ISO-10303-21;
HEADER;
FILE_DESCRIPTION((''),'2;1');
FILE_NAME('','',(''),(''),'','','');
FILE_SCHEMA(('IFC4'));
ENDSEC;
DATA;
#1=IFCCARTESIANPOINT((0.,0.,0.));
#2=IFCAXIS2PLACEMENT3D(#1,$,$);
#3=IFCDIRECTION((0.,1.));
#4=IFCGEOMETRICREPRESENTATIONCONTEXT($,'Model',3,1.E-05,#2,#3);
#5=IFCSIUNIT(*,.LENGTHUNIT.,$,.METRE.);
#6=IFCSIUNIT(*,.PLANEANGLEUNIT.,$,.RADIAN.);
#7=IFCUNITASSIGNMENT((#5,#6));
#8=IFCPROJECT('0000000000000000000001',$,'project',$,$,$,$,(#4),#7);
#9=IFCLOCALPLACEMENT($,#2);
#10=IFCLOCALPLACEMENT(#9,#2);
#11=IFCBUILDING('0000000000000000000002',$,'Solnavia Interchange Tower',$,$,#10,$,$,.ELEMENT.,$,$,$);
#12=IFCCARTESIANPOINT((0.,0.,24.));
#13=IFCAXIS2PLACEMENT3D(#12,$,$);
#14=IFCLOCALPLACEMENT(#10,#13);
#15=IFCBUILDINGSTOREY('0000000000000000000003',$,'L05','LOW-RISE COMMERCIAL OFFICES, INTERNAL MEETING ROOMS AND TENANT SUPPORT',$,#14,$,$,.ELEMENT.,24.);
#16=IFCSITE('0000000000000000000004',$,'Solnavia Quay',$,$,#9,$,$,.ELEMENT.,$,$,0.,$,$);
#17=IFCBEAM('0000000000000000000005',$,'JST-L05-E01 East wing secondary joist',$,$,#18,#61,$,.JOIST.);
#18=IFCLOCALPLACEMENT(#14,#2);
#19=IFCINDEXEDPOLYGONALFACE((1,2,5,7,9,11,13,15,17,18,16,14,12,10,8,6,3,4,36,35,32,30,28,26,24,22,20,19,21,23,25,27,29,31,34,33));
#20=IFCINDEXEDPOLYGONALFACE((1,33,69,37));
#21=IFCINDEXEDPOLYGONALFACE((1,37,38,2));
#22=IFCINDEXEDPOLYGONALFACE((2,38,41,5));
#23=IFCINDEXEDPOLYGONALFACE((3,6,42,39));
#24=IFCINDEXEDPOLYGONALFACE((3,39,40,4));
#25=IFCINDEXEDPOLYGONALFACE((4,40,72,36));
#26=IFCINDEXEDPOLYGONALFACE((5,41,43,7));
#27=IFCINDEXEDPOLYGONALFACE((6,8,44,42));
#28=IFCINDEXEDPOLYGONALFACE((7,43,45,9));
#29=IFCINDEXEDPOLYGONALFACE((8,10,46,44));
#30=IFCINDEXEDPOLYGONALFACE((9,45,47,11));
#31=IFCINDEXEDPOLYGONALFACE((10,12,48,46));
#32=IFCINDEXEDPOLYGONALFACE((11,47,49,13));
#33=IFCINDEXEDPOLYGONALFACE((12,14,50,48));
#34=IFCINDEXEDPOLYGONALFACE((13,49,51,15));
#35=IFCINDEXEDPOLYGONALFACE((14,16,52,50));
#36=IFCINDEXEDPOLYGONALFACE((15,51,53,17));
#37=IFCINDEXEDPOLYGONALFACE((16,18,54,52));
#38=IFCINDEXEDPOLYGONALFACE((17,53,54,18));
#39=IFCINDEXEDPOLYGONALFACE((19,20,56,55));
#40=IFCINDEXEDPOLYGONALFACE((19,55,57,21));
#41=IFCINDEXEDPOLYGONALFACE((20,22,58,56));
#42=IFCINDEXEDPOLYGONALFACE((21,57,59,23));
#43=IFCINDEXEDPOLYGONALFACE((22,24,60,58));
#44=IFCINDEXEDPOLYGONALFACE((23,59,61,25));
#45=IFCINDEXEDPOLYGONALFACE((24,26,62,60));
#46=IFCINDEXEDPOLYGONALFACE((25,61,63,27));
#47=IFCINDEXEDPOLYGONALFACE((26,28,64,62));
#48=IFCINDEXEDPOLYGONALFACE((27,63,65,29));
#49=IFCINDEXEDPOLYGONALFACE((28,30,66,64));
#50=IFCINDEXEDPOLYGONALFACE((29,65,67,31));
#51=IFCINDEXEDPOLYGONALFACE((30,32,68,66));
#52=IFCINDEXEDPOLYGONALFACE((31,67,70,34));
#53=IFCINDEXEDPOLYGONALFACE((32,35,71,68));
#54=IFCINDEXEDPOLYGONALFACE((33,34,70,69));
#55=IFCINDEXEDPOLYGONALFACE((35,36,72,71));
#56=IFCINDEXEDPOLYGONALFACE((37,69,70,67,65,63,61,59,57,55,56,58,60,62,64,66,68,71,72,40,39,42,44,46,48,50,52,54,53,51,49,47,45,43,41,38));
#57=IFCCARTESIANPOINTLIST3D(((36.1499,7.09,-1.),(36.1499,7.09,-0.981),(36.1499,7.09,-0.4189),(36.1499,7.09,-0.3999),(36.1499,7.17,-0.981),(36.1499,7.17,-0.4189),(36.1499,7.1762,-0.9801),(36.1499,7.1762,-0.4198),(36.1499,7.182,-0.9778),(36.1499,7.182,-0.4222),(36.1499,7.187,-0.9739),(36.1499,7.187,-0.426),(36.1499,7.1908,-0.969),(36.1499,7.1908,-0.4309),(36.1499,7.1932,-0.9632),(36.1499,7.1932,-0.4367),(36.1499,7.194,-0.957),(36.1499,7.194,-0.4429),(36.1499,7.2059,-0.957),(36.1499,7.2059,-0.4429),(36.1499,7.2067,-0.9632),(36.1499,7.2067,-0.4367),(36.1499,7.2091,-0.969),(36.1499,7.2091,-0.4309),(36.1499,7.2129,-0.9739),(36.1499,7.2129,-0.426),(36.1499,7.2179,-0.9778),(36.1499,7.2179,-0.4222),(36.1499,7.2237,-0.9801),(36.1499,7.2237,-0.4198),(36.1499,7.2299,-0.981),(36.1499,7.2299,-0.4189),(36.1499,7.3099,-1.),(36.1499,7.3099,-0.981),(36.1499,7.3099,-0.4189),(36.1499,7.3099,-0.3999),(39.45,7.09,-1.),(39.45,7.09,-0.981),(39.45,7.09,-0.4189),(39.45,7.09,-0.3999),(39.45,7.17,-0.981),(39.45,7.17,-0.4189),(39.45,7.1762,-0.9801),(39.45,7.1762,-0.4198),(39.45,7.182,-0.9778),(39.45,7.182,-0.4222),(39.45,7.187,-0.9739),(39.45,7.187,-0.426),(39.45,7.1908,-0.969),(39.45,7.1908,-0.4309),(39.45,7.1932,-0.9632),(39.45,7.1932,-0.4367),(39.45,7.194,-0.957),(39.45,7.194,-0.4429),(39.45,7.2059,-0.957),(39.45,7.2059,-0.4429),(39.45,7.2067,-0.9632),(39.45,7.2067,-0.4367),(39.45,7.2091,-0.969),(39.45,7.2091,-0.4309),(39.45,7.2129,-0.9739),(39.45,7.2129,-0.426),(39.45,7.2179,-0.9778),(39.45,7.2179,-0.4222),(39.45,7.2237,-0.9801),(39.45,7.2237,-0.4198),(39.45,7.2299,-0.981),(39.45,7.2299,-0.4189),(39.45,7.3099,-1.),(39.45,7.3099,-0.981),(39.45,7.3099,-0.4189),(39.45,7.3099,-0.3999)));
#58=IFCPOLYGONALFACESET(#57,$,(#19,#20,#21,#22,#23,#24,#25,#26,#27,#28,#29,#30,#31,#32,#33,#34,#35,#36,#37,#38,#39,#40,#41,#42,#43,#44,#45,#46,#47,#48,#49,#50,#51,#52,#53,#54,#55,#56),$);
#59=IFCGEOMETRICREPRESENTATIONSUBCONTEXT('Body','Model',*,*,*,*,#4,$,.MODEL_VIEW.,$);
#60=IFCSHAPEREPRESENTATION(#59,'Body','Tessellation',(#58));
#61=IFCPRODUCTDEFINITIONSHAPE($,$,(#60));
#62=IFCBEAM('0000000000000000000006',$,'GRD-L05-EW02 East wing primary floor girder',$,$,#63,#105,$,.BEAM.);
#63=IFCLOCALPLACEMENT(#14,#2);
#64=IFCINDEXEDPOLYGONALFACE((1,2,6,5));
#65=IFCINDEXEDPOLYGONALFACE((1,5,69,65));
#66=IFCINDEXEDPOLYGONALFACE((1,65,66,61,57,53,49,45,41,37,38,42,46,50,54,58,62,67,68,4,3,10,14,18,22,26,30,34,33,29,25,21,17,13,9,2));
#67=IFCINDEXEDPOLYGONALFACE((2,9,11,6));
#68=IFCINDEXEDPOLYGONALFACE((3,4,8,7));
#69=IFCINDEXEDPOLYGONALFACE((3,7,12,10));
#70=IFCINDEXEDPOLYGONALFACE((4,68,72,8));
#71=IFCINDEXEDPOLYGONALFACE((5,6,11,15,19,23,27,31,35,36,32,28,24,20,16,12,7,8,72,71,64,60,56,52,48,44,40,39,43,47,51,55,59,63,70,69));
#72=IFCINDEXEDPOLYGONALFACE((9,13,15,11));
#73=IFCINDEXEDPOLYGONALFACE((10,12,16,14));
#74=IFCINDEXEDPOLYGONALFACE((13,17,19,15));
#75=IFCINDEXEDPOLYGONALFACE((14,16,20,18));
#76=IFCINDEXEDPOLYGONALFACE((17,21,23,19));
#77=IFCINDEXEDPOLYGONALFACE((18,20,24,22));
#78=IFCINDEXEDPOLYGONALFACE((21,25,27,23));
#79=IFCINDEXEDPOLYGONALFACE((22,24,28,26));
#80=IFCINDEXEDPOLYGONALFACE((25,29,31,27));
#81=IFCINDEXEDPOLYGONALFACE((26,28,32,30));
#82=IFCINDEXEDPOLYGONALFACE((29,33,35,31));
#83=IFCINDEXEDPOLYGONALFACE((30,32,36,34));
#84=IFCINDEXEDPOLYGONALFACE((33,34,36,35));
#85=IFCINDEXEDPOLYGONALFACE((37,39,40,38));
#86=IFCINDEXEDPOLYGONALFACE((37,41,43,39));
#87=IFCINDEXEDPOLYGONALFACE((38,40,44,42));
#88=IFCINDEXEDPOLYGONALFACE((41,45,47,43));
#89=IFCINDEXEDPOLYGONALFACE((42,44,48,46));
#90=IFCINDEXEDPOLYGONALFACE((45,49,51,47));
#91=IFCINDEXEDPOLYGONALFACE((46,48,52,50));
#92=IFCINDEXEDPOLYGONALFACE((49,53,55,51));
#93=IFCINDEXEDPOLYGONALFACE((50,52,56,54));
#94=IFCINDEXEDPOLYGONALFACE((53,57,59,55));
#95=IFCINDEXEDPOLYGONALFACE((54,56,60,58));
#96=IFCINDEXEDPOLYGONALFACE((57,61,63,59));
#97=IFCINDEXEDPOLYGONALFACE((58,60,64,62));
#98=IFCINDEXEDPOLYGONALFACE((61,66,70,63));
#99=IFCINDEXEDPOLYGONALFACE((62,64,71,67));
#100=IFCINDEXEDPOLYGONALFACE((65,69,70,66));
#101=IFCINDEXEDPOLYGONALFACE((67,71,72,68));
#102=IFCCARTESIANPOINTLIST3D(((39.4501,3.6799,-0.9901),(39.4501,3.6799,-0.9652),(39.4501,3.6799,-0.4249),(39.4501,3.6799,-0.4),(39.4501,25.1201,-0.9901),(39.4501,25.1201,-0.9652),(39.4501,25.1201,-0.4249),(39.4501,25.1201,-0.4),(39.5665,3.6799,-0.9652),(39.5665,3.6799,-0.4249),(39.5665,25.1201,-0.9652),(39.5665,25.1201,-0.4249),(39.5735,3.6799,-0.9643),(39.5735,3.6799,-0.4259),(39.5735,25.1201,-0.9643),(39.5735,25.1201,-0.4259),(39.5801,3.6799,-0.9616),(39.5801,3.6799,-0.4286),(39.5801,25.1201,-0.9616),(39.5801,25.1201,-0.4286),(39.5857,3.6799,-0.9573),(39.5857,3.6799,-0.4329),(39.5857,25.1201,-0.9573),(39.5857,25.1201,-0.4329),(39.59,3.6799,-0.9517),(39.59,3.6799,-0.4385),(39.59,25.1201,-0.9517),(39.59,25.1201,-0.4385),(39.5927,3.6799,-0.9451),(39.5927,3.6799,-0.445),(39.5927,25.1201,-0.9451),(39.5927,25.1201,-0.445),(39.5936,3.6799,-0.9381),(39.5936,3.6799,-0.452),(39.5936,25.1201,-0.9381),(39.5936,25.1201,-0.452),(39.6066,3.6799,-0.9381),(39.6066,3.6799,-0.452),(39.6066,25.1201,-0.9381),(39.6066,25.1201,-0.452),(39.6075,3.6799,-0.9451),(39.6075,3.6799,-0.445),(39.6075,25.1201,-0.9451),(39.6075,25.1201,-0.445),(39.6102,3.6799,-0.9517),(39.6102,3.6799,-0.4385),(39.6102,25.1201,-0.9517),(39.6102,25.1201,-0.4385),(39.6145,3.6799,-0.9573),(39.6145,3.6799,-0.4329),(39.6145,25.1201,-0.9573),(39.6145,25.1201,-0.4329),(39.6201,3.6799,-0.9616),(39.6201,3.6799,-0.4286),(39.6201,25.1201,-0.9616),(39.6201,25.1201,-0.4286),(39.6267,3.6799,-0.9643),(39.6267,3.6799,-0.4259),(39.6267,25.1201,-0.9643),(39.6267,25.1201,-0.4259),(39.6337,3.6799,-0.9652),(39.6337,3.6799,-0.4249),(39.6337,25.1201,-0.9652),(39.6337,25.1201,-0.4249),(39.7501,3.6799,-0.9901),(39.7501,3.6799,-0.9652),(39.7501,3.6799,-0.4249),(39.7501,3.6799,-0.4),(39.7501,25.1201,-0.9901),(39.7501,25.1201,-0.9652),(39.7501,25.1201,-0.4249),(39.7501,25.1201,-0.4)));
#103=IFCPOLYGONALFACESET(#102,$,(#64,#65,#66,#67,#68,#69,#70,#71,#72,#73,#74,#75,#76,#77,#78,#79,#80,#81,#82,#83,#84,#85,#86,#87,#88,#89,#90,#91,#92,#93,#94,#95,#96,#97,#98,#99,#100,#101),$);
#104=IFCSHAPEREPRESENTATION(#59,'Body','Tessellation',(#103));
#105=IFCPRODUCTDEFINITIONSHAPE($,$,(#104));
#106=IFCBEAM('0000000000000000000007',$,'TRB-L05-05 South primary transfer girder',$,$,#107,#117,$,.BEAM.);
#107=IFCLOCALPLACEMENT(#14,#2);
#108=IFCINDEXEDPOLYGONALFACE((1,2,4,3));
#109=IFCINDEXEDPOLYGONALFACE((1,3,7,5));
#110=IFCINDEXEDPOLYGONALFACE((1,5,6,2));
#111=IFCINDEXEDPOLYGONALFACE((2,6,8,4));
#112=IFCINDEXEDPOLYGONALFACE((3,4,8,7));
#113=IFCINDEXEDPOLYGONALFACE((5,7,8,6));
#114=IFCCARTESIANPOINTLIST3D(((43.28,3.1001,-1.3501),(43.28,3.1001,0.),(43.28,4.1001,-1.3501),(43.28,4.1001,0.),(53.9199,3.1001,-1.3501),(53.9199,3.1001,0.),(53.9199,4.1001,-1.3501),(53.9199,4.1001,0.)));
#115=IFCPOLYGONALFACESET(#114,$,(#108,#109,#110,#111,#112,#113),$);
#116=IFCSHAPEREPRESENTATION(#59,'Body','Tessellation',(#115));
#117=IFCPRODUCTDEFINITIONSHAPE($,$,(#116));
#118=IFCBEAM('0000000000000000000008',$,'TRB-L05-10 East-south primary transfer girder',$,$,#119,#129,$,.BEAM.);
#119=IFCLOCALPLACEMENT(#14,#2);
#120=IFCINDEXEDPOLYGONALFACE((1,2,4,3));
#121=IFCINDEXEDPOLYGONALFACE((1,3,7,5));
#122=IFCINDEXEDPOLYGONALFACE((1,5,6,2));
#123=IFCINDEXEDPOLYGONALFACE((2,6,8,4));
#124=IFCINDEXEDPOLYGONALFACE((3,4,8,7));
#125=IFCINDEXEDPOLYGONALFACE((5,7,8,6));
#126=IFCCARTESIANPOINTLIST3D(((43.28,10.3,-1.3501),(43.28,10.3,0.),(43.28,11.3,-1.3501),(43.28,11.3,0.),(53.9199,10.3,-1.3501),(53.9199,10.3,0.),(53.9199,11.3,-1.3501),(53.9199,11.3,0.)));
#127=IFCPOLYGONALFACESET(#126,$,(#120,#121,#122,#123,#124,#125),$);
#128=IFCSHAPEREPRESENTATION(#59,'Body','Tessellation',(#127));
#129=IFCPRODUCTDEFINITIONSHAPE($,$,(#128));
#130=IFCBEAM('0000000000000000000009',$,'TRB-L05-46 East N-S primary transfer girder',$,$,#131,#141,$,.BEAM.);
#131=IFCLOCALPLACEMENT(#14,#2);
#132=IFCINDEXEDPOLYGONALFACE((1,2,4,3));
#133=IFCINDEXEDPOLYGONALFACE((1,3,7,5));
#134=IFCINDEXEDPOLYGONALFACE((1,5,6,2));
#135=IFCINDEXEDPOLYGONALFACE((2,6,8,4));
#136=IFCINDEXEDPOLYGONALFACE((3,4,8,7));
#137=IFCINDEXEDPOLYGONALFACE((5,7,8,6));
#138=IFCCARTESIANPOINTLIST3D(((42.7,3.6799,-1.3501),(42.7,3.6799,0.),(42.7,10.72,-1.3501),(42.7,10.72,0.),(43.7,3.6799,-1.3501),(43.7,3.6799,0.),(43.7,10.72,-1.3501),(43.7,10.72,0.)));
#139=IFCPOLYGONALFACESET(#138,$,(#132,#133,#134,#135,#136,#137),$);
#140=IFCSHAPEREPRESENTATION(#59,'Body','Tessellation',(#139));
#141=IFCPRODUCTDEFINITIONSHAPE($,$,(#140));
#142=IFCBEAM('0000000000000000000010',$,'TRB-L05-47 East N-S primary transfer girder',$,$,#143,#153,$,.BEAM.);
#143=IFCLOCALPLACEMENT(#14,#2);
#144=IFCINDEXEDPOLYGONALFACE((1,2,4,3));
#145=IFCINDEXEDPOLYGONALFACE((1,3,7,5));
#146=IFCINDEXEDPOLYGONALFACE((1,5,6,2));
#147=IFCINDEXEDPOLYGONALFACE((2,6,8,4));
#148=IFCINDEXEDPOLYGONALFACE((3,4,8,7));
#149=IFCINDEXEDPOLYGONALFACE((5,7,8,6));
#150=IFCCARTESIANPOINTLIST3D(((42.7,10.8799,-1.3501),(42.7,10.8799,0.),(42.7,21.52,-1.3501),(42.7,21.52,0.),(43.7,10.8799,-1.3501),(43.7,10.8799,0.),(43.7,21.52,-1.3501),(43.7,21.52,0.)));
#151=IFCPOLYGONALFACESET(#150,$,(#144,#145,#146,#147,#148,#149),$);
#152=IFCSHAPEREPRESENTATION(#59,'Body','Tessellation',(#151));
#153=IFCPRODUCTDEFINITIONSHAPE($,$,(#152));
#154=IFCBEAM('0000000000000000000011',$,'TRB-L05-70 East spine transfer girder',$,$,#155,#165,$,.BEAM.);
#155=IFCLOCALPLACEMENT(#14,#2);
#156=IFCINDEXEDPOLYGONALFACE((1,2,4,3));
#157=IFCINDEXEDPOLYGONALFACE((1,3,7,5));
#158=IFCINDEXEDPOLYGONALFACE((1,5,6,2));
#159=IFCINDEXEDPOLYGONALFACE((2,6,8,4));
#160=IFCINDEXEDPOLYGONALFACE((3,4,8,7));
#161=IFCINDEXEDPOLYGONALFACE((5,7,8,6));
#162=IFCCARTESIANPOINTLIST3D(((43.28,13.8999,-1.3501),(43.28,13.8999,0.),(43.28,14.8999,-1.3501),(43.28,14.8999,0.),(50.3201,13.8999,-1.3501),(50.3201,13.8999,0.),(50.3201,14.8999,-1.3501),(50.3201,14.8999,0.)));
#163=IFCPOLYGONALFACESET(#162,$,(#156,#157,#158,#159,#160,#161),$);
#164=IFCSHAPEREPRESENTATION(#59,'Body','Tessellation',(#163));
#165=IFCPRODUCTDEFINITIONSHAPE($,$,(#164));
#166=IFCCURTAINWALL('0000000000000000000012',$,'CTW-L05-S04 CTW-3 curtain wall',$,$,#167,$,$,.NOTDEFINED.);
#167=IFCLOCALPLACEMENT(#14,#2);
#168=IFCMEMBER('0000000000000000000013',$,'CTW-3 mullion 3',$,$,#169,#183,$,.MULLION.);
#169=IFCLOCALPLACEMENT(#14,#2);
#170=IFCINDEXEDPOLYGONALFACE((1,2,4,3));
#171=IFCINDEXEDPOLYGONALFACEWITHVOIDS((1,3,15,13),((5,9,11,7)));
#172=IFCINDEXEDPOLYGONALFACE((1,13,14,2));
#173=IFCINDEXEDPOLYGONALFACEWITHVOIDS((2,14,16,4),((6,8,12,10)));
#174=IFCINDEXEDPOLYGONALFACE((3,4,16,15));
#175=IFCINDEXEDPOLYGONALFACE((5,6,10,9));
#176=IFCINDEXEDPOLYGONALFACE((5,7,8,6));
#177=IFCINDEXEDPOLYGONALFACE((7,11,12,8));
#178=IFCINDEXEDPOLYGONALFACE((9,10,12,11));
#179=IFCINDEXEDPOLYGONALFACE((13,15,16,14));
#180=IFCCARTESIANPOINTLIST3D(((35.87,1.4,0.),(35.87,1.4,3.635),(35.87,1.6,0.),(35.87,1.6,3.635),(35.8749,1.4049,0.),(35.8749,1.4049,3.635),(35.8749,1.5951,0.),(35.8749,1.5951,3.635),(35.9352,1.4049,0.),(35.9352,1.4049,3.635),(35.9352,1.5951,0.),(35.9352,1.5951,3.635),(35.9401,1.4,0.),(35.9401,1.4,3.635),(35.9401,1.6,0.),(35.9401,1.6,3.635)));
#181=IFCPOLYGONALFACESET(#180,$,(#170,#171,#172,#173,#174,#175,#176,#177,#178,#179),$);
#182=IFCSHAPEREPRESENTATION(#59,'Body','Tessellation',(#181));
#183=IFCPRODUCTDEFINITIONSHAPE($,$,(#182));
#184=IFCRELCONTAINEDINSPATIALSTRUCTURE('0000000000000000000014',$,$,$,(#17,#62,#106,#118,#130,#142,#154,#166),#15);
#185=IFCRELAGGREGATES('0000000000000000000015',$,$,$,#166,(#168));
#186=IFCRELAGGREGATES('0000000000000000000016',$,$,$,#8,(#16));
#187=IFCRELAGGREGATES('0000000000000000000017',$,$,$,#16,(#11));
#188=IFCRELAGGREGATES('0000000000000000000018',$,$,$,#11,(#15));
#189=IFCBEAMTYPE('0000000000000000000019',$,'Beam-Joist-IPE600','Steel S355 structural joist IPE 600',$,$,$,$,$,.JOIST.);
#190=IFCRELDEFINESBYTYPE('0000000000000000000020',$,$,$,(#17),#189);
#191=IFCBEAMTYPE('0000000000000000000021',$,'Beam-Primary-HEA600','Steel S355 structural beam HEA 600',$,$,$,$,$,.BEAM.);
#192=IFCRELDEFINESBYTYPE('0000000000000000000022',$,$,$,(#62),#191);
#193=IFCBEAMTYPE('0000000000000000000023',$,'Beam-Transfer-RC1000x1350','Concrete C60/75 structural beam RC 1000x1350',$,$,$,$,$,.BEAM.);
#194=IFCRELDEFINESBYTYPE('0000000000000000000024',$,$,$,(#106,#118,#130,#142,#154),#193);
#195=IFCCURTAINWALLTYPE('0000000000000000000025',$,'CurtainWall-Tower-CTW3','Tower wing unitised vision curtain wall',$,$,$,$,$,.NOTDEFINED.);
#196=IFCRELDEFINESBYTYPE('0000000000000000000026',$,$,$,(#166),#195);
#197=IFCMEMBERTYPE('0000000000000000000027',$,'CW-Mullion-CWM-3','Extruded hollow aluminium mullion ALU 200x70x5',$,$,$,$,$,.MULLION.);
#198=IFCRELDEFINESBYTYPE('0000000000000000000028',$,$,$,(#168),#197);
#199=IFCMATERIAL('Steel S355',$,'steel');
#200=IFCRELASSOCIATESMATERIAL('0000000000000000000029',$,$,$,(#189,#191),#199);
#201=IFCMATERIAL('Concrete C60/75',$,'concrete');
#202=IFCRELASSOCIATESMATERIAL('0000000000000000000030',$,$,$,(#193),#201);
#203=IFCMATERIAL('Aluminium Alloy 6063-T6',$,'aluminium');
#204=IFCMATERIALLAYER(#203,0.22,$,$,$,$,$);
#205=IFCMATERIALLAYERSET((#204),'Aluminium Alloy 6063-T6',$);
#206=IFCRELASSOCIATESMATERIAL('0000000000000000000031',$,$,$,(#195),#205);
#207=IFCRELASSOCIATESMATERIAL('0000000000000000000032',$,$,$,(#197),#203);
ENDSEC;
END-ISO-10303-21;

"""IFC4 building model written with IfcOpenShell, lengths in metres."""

from ifc_helpers import new_model, si_unit, direction, frame, origin, origin_2d, place, context, subcontext, project, spatial, rectangle, hollow_rectangle, i_section, extrude, material, layer, layer_set, material_profile, profile_set, type_object, element, aggregate, save


model = new_model("IFC4")

# Units and contexts
model_context = context("Model", 3, precision=1e-05, world=origin(), true_north=direction((0.0, 1.0)))
body_context = subcontext(model_context, "Body", "Model", "MODEL_VIEW")
ifc_project = project(units=[si_unit("LENGTHUNIT", "METRE"), si_unit("PLANEANGLEUNIT", "RADIAN")], contexts=[model_context])

# Site, building, storey
site_placement = place(None, origin())
site = spatial("IfcSite", under=ifc_project, at=site_placement, Name="Solnavia Quay", CompositionType="ELEMENT", RefElevation=0.0)
building_placement = place(site_placement, origin())
building = spatial("IfcBuilding", under=site, at=building_placement, Name="Solnavia Interchange Tower", CompositionType="ELEMENT")
storey_placement = place(building_placement, frame((0.0, 0.0, 24.0)))
storey = spatial("IfcBuildingStorey", under=building, at=storey_placement, Name="L05", Description="LOW-RISE COMMERCIAL OFFICES, INTERNAL MEETING ROOMS AND TENANT SUPPORT", CompositionType="ELEMENT", Elevation=24.0)

# Shared definitions
ifc_material_1 = material(Name="Concrete C60/75", Category="concrete")
ifc_material_2 = material(Name="Steel S355", Category="steel")

# Beams
ifc_material_profile_1 = material_profile(ifc_material_2, i_section(OverallWidth=0.22, OverallDepth=0.6001, WebThickness=0.012, FlangeThickness=0.019, FilletRadius=0.0239, at=origin_2d()), Name="IPE 600")
ifc_profile_set_1 = profile_set([ifc_material_profile_1], Name="Steel S355")
beam_type_1 = type_object("IfcBeamType", Name="Beam-Joist-IPE600", Description="Steel S355 structural joist IPE 600", PredefinedType="JOIST", material=ifc_profile_set_1)
beam_1_placement = place(storey_placement, frame((36.1499, 7.2, -0.7), z_axis=(1.0, 0.0, 0.0), x_axis=(0.0, 1.0, 0.0)))
element("IfcBeam", 1, at=beam_1_placement, inside=storey, type_object=beam_type_1, Name="JST-L05-E01 East wing secondary joist", PredefinedType="JOIST", context=body_context, shape_type="SweptSolid", body=[
    extrude(i_section(OverallWidth=0.22, OverallDepth=0.6001, WebThickness=0.012, FlangeThickness=0.019, FilletRadius=0.0239, at=origin_2d()), origin(), (0.0, 0.0, 1.0), 3.3),
])
ifc_material_profile_2 = material_profile(ifc_material_2, i_section(OverallWidth=0.3, OverallDepth=0.5901, WebThickness=0.0129, FlangeThickness=0.0249, FilletRadius=0.0271, at=origin_2d()), Name="HEA 600")
ifc_profile_set_2 = profile_set([ifc_material_profile_2], Name="Steel S355")
beam_type_2 = type_object("IfcBeamType", Name="Beam-Primary-HEA600", Description="Steel S355 structural beam HEA 600", PredefinedType="BEAM", material=ifc_profile_set_2)
beam_2_placement = place(storey_placement, frame((39.6001, 3.6799, -0.6951), z_axis=(0.0, 1.0, 0.0), x_axis=(-1.0, 0.0, 0.0)))
element("IfcBeam", 2, at=beam_2_placement, inside=storey, type_object=beam_type_2, Name="GRD-L05-EW02 East wing primary floor girder", PredefinedType="BEAM", context=body_context, shape_type="SweptSolid", body=[
    extrude(i_section(OverallWidth=0.3, OverallDepth=0.5901, WebThickness=0.0129, FlangeThickness=0.0249, FilletRadius=0.0271, at=origin_2d()), origin(), (0.0, 0.0, 1.0), 21.4402),
])
ifc_material_profile_3 = material_profile(ifc_material_1, rectangle(XDim=1.0, YDim=1.3501, at=origin_2d()), Name="RC 1000x1350")
ifc_profile_set_3 = profile_set([ifc_material_profile_3], Name="Concrete C60/75")
beam_type_3 = type_object("IfcBeamType", Name="Beam-Transfer-RC1000x1350", Description="Concrete C60/75 structural beam RC 1000x1350", PredefinedType="BEAM", material=ifc_profile_set_3)
for number, where, z_axis, x_axis, name in (
    (3, (43.28, 3.6001, -0.675), (1.0, 0.0, 0.0), (0.0, 1.0, 0.0), "TRB-L05-05 South primary transfer girder"),
    (4, (43.28, 10.8, -0.675), (1.0, 0.0, 0.0), (0.0, 1.0, 0.0), "TRB-L05-10 East-south primary transfer girder"),
):
    element("IfcBeam", number, at=place(storey_placement, frame(where, z_axis=z_axis, x_axis=x_axis)), inside=storey, type_object=beam_type_3, Name=name, PredefinedType="BEAM", context=body_context, shape_type="SweptSolid", body=[
        extrude(rectangle(XDim=1.0, YDim=1.3501, at=origin_2d()), origin(), (0.0, 0.0, 1.0), 10.6399),
    ])
beam_3_placement = place(storey_placement, frame((43.2, 3.6799, -0.675), z_axis=(0.0, 1.0, 0.0), x_axis=(-1.0, 0.0, 0.0)))
element("IfcBeam", 5, at=beam_3_placement, inside=storey, type_object=beam_type_3, Name="TRB-L05-46 East N-S primary transfer girder", PredefinedType="BEAM", context=body_context, shape_type="SweptSolid", body=[
    extrude(rectangle(XDim=1.0, YDim=1.3501, at=origin_2d()), origin(), (0.0, 0.0, 1.0), 7.04),
])
beam_4_placement = place(storey_placement, frame((43.2, 10.8799, -0.675), z_axis=(0.0, 1.0, 0.0), x_axis=(-1.0, 0.0, 0.0)))
element("IfcBeam", 6, at=beam_4_placement, inside=storey, type_object=beam_type_3, Name="TRB-L05-47 East N-S primary transfer girder", PredefinedType="BEAM", context=body_context, shape_type="SweptSolid", body=[
    extrude(rectangle(XDim=1.0, YDim=1.3501, at=origin_2d()), origin(), (0.0, 0.0, 1.0), 10.6401),
])
beam_5_placement = place(storey_placement, frame((43.28, 14.3999, -0.675), z_axis=(1.0, 0.0, 0.0), x_axis=(0.0, 1.0, 0.0)))
element("IfcBeam", 7, at=beam_5_placement, inside=storey, type_object=beam_type_3, Name="TRB-L05-70 East spine transfer girder", PredefinedType="BEAM", context=body_context, shape_type="SweptSolid", body=[
    extrude(rectangle(XDim=1.0, YDim=1.3501, at=origin_2d()), origin(), (0.0, 0.0, 1.0), 7.04),
])

# Curtain wall, member
ifc_material_3 = material(Name="Aluminium Alloy 6063-T6", Category="aluminium")
ifc_layer_1 = layer(ifc_material_3, 0.22)
ifc_layer_set_1 = layer_set([ifc_layer_1], Name="Aluminium Alloy 6063-T6")
curtain_wall_type = type_object("IfcCurtainWallType", Name="CurtainWall-Tower-CTW3", Description="Tower wing unitised vision curtain wall", PredefinedType="NOTDEFINED", material=ifc_layer_set_1)
curtain_wall_1_placement = place(storey_placement, origin())
curtain_wall_1 = element("IfcCurtainWall", 8, at=curtain_wall_1_placement, inside=storey, type_object=curtain_wall_type, Name="CTW-L05-S04 CTW-3 curtain wall", PredefinedType="NOTDEFINED")
ifc_material_profile_4 = material_profile(ifc_material_3, hollow_rectangle(XDim=0.0701, YDim=0.2, WallThickness=0.0049, at=origin_2d()), Name="ALU 200x70x5")
ifc_profile_set_4 = profile_set([ifc_material_profile_4], Name="Aluminium Alloy 6063-T6")
member_type_1 = type_object("IfcMemberType", Name="CW-Mullion-CWM-3", Description="Extruded hollow aluminium mullion ALU 200x70x5", PredefinedType="MULLION", material=ifc_profile_set_4)
member_1_placement = place(storey_placement, frame((35.905, 1.5, 0.0), z_axis=(0.0, 0.0, 1.0), x_axis=(1.0, 0.0, 0.0)))
member_1 = element("IfcMember", 9, at=member_1_placement, type_object=member_type_1, Name="CTW-3 mullion 3", PredefinedType="MULLION", context=body_context, shape_type="SweptSolid", body=[
    extrude(hollow_rectangle(XDim=0.0701, YDim=0.2, WallThickness=0.0049, at=origin_2d()), origin(), (0.0, 0.0, 1.0), 3.635),
])

aggregate(curtain_wall_1, [member_1])

save(model, "model.ifc")
